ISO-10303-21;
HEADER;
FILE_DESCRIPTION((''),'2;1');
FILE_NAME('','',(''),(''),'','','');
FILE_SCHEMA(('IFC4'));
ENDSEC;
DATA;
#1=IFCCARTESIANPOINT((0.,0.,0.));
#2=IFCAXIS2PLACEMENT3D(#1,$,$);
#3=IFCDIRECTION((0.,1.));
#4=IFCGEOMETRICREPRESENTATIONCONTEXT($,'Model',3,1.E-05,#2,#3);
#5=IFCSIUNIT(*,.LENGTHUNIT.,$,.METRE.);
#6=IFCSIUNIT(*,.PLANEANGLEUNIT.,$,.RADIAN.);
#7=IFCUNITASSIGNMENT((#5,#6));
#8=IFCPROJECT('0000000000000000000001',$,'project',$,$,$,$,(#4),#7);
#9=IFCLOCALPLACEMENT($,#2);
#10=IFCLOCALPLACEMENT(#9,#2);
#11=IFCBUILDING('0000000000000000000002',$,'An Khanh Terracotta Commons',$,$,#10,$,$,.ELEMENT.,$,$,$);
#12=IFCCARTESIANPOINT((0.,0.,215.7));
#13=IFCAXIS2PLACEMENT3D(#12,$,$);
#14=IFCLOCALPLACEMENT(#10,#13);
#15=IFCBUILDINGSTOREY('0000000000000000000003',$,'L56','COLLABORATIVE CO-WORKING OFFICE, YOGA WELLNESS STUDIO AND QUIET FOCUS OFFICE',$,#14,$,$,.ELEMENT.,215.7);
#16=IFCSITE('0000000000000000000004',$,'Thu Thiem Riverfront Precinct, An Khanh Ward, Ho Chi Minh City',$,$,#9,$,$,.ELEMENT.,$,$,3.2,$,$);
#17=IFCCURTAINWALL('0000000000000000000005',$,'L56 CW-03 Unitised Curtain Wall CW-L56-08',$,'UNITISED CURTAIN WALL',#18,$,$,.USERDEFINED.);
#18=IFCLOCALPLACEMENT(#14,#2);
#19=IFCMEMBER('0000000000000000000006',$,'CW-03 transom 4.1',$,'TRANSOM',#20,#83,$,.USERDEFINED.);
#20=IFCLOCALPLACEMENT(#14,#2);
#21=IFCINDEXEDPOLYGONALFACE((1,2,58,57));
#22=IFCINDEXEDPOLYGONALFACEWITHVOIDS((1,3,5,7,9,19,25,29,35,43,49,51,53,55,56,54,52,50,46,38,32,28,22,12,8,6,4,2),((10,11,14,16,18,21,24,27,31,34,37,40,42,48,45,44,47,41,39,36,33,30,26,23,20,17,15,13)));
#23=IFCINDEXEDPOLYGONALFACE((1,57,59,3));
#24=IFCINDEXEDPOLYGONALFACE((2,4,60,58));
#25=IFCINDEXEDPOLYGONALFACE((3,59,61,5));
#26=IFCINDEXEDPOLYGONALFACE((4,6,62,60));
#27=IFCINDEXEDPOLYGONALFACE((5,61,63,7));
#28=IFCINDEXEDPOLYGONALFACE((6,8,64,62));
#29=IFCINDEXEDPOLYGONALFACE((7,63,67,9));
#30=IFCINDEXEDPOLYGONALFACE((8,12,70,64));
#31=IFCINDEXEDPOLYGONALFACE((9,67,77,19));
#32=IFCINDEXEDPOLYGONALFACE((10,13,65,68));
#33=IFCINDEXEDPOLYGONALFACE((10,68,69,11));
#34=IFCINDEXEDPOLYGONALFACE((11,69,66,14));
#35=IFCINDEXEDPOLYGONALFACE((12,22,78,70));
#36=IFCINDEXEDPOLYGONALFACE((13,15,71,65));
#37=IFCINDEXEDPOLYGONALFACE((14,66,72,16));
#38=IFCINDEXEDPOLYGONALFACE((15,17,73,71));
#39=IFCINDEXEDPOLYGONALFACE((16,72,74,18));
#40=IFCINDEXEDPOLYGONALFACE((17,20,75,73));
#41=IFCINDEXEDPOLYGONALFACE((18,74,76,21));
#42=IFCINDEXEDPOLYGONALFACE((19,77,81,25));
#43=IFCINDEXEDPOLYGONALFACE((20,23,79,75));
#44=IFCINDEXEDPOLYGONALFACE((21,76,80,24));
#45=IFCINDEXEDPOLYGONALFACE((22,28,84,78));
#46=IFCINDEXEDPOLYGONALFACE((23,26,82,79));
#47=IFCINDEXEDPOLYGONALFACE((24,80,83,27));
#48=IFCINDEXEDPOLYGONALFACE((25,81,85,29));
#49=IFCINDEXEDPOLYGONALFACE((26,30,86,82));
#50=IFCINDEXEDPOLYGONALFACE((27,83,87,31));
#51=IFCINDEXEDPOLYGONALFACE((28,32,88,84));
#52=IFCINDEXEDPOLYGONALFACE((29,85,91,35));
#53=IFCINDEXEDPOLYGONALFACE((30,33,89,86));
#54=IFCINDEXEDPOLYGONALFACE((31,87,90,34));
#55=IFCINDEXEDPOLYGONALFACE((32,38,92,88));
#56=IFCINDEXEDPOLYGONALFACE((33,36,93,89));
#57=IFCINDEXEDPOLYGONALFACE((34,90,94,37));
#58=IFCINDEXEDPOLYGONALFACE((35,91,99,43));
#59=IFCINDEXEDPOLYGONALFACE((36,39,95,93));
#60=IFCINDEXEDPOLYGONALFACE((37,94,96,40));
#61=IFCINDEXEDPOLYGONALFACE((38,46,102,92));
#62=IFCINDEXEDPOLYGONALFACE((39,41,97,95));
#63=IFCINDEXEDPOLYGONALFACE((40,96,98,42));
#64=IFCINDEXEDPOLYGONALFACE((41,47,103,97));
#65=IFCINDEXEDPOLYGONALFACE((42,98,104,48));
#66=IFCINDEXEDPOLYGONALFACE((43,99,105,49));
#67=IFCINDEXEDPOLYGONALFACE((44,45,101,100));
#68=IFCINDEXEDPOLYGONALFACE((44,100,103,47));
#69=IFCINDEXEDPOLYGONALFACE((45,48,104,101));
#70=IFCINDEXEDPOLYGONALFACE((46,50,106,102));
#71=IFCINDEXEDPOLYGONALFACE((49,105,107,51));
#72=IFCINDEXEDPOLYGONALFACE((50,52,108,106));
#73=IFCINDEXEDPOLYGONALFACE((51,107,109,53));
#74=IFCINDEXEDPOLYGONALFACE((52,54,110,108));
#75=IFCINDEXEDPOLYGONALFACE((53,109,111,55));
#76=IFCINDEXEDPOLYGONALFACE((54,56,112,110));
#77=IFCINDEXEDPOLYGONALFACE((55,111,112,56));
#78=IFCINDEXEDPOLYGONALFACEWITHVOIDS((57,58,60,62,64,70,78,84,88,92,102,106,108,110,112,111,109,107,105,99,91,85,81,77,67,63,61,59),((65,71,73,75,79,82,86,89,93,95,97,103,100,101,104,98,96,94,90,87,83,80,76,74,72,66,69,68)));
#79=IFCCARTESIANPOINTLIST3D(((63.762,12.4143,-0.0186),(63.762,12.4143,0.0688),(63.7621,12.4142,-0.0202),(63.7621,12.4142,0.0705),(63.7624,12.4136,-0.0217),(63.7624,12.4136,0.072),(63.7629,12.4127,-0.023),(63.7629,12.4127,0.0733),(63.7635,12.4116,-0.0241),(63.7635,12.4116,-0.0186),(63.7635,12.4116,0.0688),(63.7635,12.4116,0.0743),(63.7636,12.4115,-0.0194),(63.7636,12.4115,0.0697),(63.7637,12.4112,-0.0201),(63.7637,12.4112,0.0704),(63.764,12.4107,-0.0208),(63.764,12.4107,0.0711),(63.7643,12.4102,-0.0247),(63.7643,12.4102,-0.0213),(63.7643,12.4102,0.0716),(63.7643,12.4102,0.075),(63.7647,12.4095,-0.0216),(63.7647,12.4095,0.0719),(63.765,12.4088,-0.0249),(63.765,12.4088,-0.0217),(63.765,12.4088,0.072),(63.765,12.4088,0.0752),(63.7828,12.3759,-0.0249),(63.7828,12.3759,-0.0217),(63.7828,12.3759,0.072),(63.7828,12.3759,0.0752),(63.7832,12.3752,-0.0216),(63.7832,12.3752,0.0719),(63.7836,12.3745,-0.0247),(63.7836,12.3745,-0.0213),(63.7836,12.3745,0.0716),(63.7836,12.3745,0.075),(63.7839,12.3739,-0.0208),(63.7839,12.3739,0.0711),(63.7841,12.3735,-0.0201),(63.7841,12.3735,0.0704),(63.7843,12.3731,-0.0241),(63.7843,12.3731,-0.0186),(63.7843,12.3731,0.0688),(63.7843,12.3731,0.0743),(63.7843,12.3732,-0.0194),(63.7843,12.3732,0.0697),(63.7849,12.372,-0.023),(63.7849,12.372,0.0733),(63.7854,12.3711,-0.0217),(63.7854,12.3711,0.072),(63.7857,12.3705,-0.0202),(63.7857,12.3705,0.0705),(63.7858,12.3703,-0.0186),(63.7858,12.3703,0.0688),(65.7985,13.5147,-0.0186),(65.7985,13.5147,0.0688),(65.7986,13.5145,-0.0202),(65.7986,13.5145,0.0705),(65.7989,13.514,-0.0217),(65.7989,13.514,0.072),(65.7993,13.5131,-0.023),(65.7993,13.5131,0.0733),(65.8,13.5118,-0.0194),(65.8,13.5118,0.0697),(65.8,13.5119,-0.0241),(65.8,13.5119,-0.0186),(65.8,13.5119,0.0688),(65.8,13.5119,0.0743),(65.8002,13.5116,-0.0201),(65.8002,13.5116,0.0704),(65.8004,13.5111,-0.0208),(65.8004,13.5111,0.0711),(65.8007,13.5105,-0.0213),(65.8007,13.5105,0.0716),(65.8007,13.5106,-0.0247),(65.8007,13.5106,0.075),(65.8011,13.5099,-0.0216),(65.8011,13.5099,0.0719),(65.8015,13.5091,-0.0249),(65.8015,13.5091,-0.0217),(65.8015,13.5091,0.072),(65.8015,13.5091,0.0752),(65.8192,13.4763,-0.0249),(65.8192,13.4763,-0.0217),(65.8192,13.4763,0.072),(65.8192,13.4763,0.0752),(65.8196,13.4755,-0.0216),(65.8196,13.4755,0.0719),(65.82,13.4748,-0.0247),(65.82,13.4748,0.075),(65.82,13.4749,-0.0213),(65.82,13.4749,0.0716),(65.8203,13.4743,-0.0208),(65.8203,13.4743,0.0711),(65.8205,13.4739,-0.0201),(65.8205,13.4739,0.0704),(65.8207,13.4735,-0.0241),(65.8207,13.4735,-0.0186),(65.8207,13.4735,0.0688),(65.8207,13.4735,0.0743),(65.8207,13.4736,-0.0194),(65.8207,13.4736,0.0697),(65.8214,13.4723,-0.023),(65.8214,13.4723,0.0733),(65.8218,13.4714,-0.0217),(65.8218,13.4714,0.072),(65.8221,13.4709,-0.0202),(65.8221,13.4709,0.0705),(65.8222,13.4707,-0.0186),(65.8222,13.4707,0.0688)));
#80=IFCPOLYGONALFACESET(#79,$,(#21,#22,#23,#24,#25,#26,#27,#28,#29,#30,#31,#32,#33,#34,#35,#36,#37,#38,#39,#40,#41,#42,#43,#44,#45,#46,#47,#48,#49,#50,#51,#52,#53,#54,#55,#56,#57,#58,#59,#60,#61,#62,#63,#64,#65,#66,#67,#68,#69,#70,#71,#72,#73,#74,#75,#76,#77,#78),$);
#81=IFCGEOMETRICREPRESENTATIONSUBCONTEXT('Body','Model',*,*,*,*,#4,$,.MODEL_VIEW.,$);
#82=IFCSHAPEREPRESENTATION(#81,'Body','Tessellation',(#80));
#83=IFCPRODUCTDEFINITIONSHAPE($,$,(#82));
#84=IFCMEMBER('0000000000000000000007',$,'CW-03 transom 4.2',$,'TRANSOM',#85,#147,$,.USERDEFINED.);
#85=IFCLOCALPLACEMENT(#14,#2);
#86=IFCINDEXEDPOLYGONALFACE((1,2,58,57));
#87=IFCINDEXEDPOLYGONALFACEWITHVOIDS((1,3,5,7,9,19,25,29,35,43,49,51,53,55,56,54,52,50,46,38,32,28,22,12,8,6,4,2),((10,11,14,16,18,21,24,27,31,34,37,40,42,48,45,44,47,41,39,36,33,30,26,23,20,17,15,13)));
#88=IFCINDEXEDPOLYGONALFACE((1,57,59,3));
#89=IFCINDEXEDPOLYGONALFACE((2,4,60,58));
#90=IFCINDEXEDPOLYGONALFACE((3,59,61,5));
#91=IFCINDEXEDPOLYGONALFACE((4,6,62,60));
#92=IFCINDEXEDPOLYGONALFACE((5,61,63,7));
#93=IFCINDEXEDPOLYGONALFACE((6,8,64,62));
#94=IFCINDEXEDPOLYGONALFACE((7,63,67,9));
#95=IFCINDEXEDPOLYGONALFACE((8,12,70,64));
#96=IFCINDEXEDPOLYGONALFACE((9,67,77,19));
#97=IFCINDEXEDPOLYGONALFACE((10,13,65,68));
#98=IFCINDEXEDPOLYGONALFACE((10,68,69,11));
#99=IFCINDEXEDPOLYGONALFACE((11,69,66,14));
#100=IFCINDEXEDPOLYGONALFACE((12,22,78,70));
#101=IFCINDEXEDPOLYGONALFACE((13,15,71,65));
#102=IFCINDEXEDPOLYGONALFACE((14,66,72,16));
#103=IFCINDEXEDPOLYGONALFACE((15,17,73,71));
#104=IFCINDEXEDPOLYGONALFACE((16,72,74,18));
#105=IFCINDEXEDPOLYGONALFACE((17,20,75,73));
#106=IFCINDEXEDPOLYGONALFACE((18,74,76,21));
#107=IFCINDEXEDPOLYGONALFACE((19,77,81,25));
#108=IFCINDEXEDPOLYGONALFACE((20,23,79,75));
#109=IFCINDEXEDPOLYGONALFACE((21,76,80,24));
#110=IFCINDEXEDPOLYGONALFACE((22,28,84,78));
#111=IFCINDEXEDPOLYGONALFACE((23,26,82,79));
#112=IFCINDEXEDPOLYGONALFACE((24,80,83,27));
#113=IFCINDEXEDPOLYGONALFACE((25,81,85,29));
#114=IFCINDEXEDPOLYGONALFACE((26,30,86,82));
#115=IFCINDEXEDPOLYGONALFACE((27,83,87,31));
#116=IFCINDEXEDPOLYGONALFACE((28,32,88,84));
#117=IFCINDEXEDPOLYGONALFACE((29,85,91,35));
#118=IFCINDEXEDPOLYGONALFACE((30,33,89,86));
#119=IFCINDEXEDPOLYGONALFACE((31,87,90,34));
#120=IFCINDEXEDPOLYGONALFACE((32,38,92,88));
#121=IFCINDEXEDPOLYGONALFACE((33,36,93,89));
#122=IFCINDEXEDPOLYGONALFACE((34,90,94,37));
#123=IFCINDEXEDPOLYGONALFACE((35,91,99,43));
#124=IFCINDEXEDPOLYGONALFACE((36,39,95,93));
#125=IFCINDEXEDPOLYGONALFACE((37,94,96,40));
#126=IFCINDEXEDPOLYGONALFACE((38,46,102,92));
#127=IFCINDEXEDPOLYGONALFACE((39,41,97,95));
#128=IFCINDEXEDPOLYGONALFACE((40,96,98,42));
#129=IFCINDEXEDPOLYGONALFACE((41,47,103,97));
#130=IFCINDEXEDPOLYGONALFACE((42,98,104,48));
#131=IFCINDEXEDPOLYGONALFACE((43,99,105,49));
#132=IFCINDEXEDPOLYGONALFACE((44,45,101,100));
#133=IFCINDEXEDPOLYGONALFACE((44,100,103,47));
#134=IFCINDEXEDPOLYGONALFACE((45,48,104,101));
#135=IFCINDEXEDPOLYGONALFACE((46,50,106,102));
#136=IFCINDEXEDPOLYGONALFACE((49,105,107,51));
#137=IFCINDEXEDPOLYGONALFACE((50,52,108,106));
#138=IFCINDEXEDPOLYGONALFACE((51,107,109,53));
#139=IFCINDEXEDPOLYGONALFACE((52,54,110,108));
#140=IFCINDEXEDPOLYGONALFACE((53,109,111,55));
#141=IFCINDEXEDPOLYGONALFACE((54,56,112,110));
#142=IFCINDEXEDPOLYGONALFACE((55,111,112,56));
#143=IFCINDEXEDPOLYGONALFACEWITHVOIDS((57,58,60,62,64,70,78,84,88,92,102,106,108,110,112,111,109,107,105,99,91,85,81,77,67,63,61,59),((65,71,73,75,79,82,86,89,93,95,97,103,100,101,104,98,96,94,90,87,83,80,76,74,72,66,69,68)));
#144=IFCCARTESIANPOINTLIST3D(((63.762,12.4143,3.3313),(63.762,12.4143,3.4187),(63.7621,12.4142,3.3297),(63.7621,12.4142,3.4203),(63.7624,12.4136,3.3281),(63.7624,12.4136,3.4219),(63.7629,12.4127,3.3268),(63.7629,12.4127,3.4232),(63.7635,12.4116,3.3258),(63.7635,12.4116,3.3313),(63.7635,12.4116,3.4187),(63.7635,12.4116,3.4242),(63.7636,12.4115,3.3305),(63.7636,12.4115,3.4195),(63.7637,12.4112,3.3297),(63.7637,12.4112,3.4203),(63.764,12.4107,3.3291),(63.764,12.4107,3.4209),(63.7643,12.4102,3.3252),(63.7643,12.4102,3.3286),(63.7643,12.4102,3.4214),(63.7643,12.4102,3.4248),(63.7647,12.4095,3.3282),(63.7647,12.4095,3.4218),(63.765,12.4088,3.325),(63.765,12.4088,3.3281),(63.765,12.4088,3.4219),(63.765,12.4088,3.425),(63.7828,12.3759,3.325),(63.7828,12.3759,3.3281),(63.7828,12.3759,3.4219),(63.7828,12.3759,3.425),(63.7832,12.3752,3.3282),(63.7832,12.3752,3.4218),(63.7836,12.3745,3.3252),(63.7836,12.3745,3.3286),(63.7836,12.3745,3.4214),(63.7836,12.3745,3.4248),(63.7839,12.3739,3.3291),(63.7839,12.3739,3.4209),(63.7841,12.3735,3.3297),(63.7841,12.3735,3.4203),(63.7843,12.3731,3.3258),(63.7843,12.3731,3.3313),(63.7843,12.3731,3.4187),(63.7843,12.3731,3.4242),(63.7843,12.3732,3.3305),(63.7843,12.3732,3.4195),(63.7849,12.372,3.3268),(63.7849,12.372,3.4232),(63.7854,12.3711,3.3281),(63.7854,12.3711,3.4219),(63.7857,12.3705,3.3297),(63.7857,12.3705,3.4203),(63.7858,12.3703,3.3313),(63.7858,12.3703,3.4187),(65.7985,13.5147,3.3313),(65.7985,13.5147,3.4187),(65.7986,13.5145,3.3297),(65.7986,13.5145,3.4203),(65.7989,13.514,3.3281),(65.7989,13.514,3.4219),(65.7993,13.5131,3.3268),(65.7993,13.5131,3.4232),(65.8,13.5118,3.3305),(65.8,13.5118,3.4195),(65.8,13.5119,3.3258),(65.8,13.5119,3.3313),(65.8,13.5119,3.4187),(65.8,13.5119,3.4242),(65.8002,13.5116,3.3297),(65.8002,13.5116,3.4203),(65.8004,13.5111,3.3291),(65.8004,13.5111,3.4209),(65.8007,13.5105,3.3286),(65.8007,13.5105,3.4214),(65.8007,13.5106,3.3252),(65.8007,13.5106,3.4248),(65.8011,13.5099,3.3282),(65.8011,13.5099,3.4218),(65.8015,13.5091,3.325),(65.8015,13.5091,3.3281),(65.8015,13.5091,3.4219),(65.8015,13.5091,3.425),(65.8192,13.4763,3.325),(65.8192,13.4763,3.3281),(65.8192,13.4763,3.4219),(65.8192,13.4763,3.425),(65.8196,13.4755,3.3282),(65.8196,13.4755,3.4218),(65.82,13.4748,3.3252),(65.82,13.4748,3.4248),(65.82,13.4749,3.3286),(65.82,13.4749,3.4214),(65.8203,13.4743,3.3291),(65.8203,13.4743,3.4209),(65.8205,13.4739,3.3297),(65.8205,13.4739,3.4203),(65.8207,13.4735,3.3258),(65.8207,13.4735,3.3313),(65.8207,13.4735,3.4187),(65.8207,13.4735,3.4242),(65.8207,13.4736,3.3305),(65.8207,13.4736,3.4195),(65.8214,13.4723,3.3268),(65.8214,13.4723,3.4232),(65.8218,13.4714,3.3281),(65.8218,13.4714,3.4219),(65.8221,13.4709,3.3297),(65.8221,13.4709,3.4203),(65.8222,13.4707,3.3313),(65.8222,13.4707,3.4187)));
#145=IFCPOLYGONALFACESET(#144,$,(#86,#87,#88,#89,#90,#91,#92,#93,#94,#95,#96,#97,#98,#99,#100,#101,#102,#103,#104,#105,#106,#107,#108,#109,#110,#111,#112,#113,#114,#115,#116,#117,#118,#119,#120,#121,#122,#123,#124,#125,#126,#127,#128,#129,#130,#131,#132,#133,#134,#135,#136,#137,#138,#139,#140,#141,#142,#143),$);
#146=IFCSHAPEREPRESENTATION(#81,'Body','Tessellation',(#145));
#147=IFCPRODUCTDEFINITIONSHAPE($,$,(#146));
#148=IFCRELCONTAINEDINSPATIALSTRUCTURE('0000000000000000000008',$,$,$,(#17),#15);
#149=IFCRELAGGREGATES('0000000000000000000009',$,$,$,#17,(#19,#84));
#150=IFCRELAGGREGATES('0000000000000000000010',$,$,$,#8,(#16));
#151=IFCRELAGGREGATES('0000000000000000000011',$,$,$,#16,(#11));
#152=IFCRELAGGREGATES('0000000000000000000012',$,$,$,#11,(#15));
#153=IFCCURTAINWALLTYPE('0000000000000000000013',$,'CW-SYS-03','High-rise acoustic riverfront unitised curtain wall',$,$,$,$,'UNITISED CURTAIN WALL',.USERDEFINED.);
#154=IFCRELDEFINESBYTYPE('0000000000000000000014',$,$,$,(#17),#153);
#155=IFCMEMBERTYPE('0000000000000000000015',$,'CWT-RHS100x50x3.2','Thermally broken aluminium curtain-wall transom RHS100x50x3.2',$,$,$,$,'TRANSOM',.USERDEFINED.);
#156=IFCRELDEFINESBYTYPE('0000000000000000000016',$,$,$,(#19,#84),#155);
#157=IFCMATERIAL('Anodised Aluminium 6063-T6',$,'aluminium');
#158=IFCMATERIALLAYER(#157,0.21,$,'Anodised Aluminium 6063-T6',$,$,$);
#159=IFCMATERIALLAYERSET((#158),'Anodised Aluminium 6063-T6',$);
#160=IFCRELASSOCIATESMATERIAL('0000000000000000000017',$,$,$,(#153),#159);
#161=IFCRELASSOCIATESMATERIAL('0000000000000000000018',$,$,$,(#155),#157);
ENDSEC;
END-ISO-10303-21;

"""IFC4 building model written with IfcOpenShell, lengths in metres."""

from ifc_helpers import new_model, si_unit, direction, frame, origin, origin_2d, place, context, subcontext, project, spatial, hollow_rectangle, extrude, material, layer, layer_set, material_profile, profile_set, type_object, element, aggregate, save


model = new_model("IFC4")

# Units and contexts
model_context = context("Model", 3, precision=1e-05, world=origin(), true_north=direction((0.0, 1.0)))
body_context = subcontext(model_context, "Body", "Model", "MODEL_VIEW")
ifc_project = project(units=[si_unit("LENGTHUNIT", "METRE"), si_unit("PLANEANGLEUNIT", "RADIAN")], contexts=[model_context])

# Site, building, storey
site_placement = place(None, origin())
site = spatial("IfcSite", under=ifc_project, at=site_placement, Name="Thu Thiem Riverfront Precinct, An Khanh Ward, Ho Chi Minh City", CompositionType="ELEMENT", RefElevation=3.2)
building_placement = place(site_placement, origin())
building = spatial("IfcBuilding", under=site, at=building_placement, Name="An Khanh Terracotta Commons", CompositionType="ELEMENT")
storey_placement = place(building_placement, frame((0.0, 0.0, 215.7)))
storey = spatial("IfcBuildingStorey", under=building, at=storey_placement, Name="L56", Description="COLLABORATIVE CO-WORKING OFFICE, YOGA WELLNESS STUDIO AND QUIET FOCUS OFFICE", CompositionType="ELEMENT", Elevation=215.7)

# Curtain wall
ifc_material_1 = material(Name="Anodised Aluminium 6063-T6", Category="aluminium")
ifc_layer_1 = layer(ifc_material_1, 0.21, Name="Anodised Aluminium 6063-T6")
ifc_layer_set_1 = layer_set([ifc_layer_1], Name="Anodised Aluminium 6063-T6")
curtain_wall_type = type_object("IfcCurtainWallType", Name="CW-SYS-03", Description="High-rise acoustic riverfront unitised curtain wall", ElementType="UNITISED CURTAIN WALL", PredefinedType="USERDEFINED", material=ifc_layer_set_1)
curtain_wall_1_placement = place(storey_placement, origin())
curtain_wall_1 = element("IfcCurtainWall", 1, at=curtain_wall_1_placement, inside=storey, type_object=curtain_wall_type, Name="L56 CW-03 Unitised Curtain Wall CW-L56-08", ObjectType="UNITISED CURTAIN WALL", PredefinedType="USERDEFINED")

# Members
ifc_material_profile_1 = material_profile(ifc_material_1, hollow_rectangle(XDim=0.05, YDim=0.1001, WallThickness=0.0032, InnerFilletRadius=0.0032, OuterFilletRadius=0.0063, at=origin_2d()), Name="RHS100x50x3.2")
ifc_profile_set_1 = profile_set([ifc_material_profile_1], Name="Anodised Aluminium 6063-T6")
member_type_1 = type_object("IfcMemberType", Name="CWT-RHS100x50x3.2", Description="Thermally broken aluminium curtain-wall transom RHS100x50x3.2", ElementType="TRANSOM", PredefinedType="USERDEFINED", material=ifc_profile_set_1)
member_1_placement = place(storey_placement, frame((63.7739, 12.3923, 0.0251), z_axis=(0.879779, 0.475382, 0.0), x_axis=(-0.475382, 0.879779, 0.0)))
member_1 = element("IfcMember", 2, at=member_1_placement, type_object=member_type_1, Name="CW-03 transom 4.1", ObjectType="TRANSOM", PredefinedType="USERDEFINED", context=body_context, shape_type="SweptSolid", body=[
    extrude(hollow_rectangle(XDim=0.05, YDim=0.1001, WallThickness=0.0032, InnerFilletRadius=0.0032, OuterFilletRadius=0.0063, at=origin_2d()), origin(), (0.0, 0.0, 1.0), 2.3147),
])
member_2_placement = place(storey_placement, frame((63.7739, 12.3923, 3.375), z_axis=(0.879779, 0.475382, 0.0), x_axis=(-0.475382, 0.879779, 0.0)))
member_2 = element("IfcMember", 3, at=member_2_placement, type_object=member_type_1, Name="CW-03 transom 4.2", ObjectType="TRANSOM", PredefinedType="USERDEFINED", context=body_context, shape_type="SweptSolid", body=[
    extrude(hollow_rectangle(XDim=0.05, YDim=0.1001, WallThickness=0.0032, InnerFilletRadius=0.0032, OuterFilletRadius=0.0063, at=origin_2d()), origin(), (0.0, 0.0, 1.0), 2.3147),
])

aggregate(curtain_wall_1, [member_1, member_2])

save(model, "model.ifc")
